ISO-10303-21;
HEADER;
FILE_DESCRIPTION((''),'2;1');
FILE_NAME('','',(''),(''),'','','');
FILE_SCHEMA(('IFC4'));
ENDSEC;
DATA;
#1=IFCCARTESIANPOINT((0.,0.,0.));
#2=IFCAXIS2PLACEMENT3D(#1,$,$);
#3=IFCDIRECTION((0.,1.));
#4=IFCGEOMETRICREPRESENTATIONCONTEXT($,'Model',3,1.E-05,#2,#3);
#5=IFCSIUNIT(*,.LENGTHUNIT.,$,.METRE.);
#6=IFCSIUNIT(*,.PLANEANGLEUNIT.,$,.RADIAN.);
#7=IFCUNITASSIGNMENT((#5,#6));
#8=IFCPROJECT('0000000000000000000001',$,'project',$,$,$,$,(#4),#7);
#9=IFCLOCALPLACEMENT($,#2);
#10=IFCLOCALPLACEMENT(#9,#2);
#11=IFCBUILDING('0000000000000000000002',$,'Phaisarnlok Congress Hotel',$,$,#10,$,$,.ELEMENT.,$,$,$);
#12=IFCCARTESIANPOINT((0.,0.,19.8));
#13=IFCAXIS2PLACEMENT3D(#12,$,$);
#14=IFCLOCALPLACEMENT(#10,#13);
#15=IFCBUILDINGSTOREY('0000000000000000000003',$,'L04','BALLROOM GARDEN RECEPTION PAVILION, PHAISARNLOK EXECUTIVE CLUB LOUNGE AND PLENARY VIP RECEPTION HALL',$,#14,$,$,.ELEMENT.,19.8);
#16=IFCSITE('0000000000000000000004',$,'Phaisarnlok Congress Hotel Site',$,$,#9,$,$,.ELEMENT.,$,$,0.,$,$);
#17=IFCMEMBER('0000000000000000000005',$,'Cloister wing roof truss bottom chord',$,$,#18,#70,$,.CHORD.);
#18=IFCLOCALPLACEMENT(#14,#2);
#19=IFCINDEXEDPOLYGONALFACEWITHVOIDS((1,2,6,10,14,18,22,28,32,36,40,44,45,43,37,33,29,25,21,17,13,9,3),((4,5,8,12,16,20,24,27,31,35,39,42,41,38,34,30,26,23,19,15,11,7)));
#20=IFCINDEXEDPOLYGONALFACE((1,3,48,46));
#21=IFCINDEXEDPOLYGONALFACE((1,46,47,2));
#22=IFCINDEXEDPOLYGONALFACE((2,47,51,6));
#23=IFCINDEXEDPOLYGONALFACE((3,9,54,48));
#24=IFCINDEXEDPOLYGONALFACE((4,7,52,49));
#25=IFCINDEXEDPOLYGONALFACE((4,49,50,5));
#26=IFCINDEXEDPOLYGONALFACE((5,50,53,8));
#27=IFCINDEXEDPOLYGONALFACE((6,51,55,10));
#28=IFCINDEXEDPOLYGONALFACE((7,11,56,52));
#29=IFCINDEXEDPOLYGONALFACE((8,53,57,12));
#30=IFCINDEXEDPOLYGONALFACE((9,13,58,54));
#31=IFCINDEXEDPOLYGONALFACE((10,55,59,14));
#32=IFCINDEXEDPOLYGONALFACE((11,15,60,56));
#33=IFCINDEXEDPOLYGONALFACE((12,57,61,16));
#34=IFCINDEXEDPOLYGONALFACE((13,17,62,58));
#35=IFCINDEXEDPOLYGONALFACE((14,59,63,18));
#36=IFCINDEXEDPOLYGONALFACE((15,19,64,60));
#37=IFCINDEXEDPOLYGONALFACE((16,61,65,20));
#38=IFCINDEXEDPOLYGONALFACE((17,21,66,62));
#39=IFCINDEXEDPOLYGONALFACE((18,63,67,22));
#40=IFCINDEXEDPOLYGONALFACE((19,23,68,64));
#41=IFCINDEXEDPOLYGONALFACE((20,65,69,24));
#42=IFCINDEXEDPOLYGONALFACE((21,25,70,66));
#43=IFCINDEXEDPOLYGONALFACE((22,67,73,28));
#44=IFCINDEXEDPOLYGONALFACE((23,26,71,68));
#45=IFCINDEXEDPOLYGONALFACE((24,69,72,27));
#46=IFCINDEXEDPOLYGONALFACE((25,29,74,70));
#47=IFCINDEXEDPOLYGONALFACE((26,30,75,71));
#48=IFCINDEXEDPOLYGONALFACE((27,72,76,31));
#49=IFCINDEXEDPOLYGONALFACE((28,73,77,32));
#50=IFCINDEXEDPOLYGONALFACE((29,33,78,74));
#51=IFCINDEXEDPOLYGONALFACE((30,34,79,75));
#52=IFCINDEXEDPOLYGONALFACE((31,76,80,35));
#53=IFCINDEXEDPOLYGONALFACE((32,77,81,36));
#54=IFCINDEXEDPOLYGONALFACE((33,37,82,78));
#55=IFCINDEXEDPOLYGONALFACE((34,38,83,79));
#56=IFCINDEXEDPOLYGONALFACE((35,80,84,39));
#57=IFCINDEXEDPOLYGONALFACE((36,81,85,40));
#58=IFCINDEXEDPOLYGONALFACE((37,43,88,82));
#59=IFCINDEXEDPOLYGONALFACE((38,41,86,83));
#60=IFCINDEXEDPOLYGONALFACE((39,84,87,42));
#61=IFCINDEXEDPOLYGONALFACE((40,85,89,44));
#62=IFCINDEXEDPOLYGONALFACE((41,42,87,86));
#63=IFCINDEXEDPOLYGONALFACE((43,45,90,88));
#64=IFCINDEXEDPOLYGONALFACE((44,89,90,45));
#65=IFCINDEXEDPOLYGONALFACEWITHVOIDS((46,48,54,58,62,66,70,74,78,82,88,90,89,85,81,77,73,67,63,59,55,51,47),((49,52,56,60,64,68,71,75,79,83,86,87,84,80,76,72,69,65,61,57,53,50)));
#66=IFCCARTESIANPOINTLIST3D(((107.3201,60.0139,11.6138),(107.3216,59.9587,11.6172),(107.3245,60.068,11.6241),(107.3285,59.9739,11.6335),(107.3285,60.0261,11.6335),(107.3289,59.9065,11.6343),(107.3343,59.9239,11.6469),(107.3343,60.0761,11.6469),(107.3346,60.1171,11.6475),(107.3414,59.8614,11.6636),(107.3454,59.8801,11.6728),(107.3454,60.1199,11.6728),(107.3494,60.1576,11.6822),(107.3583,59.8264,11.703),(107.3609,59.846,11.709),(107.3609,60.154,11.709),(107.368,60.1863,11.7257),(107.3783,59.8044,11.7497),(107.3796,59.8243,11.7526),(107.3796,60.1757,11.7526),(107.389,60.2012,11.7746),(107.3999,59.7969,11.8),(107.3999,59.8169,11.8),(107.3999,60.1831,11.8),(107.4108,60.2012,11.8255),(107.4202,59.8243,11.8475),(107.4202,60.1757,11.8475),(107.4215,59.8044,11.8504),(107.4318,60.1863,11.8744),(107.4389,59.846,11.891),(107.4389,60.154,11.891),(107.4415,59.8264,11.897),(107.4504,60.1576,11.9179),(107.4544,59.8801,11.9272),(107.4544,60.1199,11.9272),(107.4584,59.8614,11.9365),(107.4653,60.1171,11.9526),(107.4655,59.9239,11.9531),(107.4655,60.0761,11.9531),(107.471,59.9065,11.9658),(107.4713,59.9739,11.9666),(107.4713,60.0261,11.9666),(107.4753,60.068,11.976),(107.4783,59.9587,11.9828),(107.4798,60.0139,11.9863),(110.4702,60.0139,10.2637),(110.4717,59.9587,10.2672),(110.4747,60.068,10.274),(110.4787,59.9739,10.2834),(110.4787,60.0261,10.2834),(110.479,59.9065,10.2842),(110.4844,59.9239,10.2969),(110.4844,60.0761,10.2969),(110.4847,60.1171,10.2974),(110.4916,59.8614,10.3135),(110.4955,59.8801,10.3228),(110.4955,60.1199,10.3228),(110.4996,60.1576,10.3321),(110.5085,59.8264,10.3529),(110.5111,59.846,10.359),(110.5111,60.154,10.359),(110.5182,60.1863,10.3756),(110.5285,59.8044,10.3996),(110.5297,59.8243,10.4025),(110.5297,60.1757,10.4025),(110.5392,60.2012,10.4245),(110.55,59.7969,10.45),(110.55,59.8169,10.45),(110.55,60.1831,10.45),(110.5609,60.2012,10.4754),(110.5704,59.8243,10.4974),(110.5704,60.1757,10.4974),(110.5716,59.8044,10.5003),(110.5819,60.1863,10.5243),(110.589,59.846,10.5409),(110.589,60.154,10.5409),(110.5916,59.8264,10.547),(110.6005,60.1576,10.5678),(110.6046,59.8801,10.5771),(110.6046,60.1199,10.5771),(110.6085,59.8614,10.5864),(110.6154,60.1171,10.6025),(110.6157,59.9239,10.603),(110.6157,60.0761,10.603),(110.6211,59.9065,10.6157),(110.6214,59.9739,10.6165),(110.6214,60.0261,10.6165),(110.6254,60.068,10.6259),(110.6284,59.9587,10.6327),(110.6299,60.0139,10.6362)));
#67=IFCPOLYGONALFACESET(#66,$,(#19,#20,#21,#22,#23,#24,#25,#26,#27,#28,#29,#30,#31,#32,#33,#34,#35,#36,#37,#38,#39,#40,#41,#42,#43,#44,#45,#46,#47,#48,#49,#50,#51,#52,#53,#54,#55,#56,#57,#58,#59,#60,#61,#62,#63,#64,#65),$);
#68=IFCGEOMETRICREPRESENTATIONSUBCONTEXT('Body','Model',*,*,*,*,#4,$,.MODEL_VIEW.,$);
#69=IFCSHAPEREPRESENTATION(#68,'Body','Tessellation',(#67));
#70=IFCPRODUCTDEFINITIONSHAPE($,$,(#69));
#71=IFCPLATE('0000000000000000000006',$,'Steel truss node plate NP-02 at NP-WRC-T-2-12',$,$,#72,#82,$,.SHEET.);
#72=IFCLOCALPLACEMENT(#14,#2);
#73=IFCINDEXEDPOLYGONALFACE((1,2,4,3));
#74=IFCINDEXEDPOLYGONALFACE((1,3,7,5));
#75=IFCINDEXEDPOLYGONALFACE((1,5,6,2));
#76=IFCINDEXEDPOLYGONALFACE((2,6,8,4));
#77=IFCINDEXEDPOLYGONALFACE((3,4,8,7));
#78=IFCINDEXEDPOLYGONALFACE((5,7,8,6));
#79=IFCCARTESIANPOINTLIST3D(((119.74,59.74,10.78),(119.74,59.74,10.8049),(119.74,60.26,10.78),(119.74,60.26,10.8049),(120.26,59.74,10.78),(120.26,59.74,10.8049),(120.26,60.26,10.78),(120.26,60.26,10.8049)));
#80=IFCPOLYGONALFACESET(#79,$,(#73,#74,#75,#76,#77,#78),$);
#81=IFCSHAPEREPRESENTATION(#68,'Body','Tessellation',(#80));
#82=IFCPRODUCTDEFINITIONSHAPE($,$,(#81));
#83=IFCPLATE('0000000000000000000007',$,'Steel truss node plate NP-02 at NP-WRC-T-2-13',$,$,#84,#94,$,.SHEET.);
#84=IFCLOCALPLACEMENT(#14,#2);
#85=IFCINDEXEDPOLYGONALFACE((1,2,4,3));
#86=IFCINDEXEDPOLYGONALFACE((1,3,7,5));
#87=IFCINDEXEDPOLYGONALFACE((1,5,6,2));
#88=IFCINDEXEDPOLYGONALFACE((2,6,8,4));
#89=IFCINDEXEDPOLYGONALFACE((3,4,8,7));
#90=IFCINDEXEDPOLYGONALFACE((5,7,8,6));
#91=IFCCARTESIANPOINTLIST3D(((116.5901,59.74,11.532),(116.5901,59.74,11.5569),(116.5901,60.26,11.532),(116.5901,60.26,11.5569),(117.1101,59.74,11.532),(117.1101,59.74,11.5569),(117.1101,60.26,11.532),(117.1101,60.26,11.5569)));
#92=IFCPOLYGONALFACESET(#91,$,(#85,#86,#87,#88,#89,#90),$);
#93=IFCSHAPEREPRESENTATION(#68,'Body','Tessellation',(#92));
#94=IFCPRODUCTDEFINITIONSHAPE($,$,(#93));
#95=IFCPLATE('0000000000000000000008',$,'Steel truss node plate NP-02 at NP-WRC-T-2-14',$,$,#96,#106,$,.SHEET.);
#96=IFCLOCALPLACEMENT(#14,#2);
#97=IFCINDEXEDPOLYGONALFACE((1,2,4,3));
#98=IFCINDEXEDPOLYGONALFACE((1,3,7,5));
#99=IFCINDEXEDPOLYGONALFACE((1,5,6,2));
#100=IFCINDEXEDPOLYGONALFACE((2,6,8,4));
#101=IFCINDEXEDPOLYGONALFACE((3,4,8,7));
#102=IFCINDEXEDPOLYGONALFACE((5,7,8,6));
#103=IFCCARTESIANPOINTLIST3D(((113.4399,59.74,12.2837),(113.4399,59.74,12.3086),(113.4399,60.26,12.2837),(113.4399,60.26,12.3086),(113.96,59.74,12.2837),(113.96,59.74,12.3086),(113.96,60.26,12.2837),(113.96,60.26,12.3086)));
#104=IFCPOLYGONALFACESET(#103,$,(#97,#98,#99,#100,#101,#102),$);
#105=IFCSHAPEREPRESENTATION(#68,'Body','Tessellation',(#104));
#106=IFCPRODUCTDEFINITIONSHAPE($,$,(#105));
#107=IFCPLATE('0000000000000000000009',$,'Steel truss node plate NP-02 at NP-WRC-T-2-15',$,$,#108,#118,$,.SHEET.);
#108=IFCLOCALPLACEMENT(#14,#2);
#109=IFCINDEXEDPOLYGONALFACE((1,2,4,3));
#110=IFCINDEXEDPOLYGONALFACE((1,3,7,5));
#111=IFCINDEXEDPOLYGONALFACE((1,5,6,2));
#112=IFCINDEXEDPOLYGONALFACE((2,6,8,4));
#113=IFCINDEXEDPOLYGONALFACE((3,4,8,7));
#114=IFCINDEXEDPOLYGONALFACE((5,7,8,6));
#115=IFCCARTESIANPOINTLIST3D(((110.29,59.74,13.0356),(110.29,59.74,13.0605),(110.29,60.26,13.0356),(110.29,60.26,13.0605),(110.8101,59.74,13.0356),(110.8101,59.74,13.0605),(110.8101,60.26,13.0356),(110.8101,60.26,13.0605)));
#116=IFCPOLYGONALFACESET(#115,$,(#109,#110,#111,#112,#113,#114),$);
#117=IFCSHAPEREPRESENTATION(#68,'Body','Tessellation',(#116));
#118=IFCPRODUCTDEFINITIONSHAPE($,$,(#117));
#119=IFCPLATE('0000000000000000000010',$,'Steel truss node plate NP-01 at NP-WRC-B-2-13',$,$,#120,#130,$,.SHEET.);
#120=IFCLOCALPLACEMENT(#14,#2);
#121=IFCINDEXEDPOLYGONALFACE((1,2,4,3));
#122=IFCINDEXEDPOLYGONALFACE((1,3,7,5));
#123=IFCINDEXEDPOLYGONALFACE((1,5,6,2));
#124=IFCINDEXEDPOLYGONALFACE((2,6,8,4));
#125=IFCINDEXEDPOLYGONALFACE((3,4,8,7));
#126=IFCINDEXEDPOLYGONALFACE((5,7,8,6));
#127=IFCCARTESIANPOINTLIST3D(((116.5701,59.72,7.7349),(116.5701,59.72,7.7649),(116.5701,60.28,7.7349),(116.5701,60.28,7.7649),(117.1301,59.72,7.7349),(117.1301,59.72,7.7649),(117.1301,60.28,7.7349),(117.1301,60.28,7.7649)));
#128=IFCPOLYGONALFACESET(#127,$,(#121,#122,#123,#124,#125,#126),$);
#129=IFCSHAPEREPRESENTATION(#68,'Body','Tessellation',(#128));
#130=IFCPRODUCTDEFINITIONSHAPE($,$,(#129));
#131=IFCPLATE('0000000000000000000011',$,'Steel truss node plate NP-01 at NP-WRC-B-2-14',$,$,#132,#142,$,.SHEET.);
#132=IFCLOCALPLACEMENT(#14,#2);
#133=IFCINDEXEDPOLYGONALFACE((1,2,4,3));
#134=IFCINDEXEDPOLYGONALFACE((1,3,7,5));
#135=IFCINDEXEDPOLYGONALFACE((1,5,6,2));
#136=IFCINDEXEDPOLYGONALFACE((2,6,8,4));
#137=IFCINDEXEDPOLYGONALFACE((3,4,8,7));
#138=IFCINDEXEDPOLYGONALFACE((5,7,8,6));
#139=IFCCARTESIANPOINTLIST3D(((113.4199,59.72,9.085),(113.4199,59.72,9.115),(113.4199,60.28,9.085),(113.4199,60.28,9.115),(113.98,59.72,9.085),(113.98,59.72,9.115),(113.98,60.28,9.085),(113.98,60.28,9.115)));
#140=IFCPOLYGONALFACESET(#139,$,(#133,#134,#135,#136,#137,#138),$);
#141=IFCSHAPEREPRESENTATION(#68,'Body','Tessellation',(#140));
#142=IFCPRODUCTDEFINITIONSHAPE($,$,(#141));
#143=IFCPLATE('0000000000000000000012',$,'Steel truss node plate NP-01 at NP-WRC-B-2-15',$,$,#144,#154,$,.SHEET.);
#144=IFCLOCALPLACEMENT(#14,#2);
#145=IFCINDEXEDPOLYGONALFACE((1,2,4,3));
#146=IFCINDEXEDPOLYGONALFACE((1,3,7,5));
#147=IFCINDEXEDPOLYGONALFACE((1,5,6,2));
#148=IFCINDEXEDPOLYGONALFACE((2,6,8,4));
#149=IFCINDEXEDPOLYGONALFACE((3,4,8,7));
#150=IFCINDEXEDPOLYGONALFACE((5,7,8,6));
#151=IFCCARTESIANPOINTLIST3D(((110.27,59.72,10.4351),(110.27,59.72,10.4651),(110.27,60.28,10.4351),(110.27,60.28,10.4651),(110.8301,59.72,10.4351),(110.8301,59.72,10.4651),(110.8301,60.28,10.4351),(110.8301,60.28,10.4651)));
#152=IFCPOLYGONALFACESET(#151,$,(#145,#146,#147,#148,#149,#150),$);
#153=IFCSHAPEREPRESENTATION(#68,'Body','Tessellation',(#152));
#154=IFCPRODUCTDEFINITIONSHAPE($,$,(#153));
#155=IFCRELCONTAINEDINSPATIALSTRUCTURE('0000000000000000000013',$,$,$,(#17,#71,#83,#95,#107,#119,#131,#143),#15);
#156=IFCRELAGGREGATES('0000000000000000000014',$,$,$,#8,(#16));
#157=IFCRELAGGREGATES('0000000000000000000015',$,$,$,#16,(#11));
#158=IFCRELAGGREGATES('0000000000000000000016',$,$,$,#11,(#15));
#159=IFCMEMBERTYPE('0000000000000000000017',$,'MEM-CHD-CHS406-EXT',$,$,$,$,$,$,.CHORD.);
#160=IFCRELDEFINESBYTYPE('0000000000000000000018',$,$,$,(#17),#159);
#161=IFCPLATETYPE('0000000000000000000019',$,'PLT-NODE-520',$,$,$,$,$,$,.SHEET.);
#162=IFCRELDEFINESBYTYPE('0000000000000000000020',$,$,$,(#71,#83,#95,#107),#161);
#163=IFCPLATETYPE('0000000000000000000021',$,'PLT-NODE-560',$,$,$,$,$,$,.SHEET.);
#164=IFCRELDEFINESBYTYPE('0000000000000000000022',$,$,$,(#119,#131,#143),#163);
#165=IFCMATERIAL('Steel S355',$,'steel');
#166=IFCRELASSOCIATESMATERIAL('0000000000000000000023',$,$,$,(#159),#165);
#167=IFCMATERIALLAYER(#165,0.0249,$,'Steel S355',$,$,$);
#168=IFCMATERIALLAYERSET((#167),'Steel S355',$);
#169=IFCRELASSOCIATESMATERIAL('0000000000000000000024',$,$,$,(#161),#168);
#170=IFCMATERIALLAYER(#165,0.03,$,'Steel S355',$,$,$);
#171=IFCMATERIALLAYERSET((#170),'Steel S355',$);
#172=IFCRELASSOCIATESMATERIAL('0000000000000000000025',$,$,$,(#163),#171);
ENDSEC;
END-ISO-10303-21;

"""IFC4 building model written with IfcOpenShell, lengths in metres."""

from ifc_helpers import new_model, si_unit, direction, frame, origin, origin_2d, place, context, subcontext, project, spatial, rectangle, hollow_circle, extrude, material, layer, layer_set, material_profile, profile_set, type_object, element, save


model = new_model("IFC4")

# Units and contexts
model_context = context("Model", 3, precision=1e-05, world=origin(), true_north=direction((0.0, 1.0)))
body_context = subcontext(model_context, "Body", "Model", "MODEL_VIEW")
ifc_project = project(units=[si_unit("LENGTHUNIT", "METRE"), si_unit("PLANEANGLEUNIT", "RADIAN")], contexts=[model_context])

# Site, building, storey
site_placement = place(None, origin())
site = spatial("IfcSite", under=ifc_project, at=site_placement, Name="Phaisarnlok Congress Hotel Site", CompositionType="ELEMENT", RefElevation=0.0)
building_placement = place(site_placement, origin())
building = spatial("IfcBuilding", under=site, at=building_placement, Name="Phaisarnlok Congress Hotel", CompositionType="ELEMENT")
storey_placement = place(building_placement, frame((0.0, 0.0, 19.8)))
storey = spatial("IfcBuildingStorey", under=building, at=storey_placement, Name="L04", Description="BALLROOM GARDEN RECEPTION PAVILION, PHAISARNLOK EXECUTIVE CLUB LOUNGE AND PLENARY VIP RECEPTION HALL", CompositionType="ELEMENT", Elevation=19.8)

# Shared definitions
ifc_material_1 = material(Name="Steel S355", Category="steel")

# Member
ifc_material_profile_1 = material_profile(ifc_material_1, hollow_circle(Radius=0.2031, WallThickness=0.02, at=origin_2d()), Name="CHS 406.4x20")
ifc_profile_set_1 = profile_set([ifc_material_profile_1], Name="Steel S355")
member_type_1 = type_object("IfcMemberType", Name="MEM-CHD-CHS406-EXT", PredefinedType="CHORD", material=ifc_profile_set_1)
member_1_placement = place(storey_placement, frame((110.55, 60.0, 10.45), z_axis=(-0.919141, 0.0, 0.393928), x_axis=(0.0, -1.0, 0.0)))
element("IfcMember", 1, at=member_1_placement, inside=storey, type_object=member_type_1, Name="Cloister wing roof truss bottom chord", PredefinedType="CHORD", context=body_context, shape_type="SweptSolid", body=[
    extrude(hollow_circle(Radius=0.2031, WallThickness=0.02, at=origin_2d()), origin(), (0.0, 0.0, 1.0), 3.4272),
])

# Plates
ifc_layer_1 = layer(ifc_material_1, 0.0249, Name="Steel S355")
ifc_layer_set_1 = layer_set([ifc_layer_1], Name="Steel S355")
plate_type_1 = type_object("IfcPlateType", Name="PLT-NODE-520", PredefinedType="SHEET", material=ifc_layer_set_1)
for number, where, z_axis, x_axis, name in (
    (2, (120.0, 60.0, 10.78), (0.0, 0.0, 1.0), (1.0, 0.0, 0.0), "Steel truss node plate NP-02 at NP-WRC-T-2-12"),
    (3, (116.8501, 60.0, 11.532), (0.0, 0.0, 1.0), (1.0, 0.0, 0.0), "Steel truss node plate NP-02 at NP-WRC-T-2-13"),
    (4, (113.7, 60.0, 12.2837), (0.0, 0.0, 1.0), (1.0, 0.0, 0.0), "Steel truss node plate NP-02 at NP-WRC-T-2-14"),
    (5, (110.55, 60.0, 13.0356), (0.0, 0.0, 1.0), (1.0, 0.0, 0.0), "Steel truss node plate NP-02 at NP-WRC-T-2-15"),
):
    element("IfcPlate", number, at=place(storey_placement, frame(where, z_axis=z_axis, x_axis=x_axis)), inside=storey, type_object=plate_type_1, Name=name, PredefinedType="SHEET", context=body_context, shape_type="SweptSolid", body=[
        extrude(rectangle(XDim=0.52, YDim=0.52, at=origin_2d()), origin(), (0.0, 0.0, 1.0), 0.0249),
    ])
ifc_layer_2 = layer(ifc_material_1, 0.03, Name="Steel S355")
ifc_layer_set_2 = layer_set([ifc_layer_2], Name="Steel S355")
plate_type_2 = type_object("IfcPlateType", Name="PLT-NODE-560", PredefinedType="SHEET", material=ifc_layer_set_2)
for number, where, z_axis, x_axis, name in (
    (6, (116.8501, 60.0, 7.7349), (0.0, 0.0, 1.0), (1.0, 0.0, 0.0), "Steel truss node plate NP-01 at NP-WRC-B-2-13"),
    (7, (113.7, 60.0, 9.085), (0.0, 0.0, 1.0), (1.0, 0.0, 0.0), "Steel truss node plate NP-01 at NP-WRC-B-2-14"),
    (8, (110.55, 60.0, 10.4351), (0.0, 0.0, 1.0), (1.0, 0.0, 0.0), "Steel truss node plate NP-01 at NP-WRC-B-2-15"),
):
    element("IfcPlate", number, at=place(storey_placement, frame(where, z_axis=z_axis, x_axis=x_axis)), inside=storey, type_object=plate_type_2, Name=name, PredefinedType="SHEET", context=body_context, shape_type="SweptSolid", body=[
        extrude(rectangle(XDim=0.5601, YDim=0.5601, at=origin_2d()), origin(), (0.0, 0.0, 1.0), 0.03),
    ])

save(model, "model.ifc")
